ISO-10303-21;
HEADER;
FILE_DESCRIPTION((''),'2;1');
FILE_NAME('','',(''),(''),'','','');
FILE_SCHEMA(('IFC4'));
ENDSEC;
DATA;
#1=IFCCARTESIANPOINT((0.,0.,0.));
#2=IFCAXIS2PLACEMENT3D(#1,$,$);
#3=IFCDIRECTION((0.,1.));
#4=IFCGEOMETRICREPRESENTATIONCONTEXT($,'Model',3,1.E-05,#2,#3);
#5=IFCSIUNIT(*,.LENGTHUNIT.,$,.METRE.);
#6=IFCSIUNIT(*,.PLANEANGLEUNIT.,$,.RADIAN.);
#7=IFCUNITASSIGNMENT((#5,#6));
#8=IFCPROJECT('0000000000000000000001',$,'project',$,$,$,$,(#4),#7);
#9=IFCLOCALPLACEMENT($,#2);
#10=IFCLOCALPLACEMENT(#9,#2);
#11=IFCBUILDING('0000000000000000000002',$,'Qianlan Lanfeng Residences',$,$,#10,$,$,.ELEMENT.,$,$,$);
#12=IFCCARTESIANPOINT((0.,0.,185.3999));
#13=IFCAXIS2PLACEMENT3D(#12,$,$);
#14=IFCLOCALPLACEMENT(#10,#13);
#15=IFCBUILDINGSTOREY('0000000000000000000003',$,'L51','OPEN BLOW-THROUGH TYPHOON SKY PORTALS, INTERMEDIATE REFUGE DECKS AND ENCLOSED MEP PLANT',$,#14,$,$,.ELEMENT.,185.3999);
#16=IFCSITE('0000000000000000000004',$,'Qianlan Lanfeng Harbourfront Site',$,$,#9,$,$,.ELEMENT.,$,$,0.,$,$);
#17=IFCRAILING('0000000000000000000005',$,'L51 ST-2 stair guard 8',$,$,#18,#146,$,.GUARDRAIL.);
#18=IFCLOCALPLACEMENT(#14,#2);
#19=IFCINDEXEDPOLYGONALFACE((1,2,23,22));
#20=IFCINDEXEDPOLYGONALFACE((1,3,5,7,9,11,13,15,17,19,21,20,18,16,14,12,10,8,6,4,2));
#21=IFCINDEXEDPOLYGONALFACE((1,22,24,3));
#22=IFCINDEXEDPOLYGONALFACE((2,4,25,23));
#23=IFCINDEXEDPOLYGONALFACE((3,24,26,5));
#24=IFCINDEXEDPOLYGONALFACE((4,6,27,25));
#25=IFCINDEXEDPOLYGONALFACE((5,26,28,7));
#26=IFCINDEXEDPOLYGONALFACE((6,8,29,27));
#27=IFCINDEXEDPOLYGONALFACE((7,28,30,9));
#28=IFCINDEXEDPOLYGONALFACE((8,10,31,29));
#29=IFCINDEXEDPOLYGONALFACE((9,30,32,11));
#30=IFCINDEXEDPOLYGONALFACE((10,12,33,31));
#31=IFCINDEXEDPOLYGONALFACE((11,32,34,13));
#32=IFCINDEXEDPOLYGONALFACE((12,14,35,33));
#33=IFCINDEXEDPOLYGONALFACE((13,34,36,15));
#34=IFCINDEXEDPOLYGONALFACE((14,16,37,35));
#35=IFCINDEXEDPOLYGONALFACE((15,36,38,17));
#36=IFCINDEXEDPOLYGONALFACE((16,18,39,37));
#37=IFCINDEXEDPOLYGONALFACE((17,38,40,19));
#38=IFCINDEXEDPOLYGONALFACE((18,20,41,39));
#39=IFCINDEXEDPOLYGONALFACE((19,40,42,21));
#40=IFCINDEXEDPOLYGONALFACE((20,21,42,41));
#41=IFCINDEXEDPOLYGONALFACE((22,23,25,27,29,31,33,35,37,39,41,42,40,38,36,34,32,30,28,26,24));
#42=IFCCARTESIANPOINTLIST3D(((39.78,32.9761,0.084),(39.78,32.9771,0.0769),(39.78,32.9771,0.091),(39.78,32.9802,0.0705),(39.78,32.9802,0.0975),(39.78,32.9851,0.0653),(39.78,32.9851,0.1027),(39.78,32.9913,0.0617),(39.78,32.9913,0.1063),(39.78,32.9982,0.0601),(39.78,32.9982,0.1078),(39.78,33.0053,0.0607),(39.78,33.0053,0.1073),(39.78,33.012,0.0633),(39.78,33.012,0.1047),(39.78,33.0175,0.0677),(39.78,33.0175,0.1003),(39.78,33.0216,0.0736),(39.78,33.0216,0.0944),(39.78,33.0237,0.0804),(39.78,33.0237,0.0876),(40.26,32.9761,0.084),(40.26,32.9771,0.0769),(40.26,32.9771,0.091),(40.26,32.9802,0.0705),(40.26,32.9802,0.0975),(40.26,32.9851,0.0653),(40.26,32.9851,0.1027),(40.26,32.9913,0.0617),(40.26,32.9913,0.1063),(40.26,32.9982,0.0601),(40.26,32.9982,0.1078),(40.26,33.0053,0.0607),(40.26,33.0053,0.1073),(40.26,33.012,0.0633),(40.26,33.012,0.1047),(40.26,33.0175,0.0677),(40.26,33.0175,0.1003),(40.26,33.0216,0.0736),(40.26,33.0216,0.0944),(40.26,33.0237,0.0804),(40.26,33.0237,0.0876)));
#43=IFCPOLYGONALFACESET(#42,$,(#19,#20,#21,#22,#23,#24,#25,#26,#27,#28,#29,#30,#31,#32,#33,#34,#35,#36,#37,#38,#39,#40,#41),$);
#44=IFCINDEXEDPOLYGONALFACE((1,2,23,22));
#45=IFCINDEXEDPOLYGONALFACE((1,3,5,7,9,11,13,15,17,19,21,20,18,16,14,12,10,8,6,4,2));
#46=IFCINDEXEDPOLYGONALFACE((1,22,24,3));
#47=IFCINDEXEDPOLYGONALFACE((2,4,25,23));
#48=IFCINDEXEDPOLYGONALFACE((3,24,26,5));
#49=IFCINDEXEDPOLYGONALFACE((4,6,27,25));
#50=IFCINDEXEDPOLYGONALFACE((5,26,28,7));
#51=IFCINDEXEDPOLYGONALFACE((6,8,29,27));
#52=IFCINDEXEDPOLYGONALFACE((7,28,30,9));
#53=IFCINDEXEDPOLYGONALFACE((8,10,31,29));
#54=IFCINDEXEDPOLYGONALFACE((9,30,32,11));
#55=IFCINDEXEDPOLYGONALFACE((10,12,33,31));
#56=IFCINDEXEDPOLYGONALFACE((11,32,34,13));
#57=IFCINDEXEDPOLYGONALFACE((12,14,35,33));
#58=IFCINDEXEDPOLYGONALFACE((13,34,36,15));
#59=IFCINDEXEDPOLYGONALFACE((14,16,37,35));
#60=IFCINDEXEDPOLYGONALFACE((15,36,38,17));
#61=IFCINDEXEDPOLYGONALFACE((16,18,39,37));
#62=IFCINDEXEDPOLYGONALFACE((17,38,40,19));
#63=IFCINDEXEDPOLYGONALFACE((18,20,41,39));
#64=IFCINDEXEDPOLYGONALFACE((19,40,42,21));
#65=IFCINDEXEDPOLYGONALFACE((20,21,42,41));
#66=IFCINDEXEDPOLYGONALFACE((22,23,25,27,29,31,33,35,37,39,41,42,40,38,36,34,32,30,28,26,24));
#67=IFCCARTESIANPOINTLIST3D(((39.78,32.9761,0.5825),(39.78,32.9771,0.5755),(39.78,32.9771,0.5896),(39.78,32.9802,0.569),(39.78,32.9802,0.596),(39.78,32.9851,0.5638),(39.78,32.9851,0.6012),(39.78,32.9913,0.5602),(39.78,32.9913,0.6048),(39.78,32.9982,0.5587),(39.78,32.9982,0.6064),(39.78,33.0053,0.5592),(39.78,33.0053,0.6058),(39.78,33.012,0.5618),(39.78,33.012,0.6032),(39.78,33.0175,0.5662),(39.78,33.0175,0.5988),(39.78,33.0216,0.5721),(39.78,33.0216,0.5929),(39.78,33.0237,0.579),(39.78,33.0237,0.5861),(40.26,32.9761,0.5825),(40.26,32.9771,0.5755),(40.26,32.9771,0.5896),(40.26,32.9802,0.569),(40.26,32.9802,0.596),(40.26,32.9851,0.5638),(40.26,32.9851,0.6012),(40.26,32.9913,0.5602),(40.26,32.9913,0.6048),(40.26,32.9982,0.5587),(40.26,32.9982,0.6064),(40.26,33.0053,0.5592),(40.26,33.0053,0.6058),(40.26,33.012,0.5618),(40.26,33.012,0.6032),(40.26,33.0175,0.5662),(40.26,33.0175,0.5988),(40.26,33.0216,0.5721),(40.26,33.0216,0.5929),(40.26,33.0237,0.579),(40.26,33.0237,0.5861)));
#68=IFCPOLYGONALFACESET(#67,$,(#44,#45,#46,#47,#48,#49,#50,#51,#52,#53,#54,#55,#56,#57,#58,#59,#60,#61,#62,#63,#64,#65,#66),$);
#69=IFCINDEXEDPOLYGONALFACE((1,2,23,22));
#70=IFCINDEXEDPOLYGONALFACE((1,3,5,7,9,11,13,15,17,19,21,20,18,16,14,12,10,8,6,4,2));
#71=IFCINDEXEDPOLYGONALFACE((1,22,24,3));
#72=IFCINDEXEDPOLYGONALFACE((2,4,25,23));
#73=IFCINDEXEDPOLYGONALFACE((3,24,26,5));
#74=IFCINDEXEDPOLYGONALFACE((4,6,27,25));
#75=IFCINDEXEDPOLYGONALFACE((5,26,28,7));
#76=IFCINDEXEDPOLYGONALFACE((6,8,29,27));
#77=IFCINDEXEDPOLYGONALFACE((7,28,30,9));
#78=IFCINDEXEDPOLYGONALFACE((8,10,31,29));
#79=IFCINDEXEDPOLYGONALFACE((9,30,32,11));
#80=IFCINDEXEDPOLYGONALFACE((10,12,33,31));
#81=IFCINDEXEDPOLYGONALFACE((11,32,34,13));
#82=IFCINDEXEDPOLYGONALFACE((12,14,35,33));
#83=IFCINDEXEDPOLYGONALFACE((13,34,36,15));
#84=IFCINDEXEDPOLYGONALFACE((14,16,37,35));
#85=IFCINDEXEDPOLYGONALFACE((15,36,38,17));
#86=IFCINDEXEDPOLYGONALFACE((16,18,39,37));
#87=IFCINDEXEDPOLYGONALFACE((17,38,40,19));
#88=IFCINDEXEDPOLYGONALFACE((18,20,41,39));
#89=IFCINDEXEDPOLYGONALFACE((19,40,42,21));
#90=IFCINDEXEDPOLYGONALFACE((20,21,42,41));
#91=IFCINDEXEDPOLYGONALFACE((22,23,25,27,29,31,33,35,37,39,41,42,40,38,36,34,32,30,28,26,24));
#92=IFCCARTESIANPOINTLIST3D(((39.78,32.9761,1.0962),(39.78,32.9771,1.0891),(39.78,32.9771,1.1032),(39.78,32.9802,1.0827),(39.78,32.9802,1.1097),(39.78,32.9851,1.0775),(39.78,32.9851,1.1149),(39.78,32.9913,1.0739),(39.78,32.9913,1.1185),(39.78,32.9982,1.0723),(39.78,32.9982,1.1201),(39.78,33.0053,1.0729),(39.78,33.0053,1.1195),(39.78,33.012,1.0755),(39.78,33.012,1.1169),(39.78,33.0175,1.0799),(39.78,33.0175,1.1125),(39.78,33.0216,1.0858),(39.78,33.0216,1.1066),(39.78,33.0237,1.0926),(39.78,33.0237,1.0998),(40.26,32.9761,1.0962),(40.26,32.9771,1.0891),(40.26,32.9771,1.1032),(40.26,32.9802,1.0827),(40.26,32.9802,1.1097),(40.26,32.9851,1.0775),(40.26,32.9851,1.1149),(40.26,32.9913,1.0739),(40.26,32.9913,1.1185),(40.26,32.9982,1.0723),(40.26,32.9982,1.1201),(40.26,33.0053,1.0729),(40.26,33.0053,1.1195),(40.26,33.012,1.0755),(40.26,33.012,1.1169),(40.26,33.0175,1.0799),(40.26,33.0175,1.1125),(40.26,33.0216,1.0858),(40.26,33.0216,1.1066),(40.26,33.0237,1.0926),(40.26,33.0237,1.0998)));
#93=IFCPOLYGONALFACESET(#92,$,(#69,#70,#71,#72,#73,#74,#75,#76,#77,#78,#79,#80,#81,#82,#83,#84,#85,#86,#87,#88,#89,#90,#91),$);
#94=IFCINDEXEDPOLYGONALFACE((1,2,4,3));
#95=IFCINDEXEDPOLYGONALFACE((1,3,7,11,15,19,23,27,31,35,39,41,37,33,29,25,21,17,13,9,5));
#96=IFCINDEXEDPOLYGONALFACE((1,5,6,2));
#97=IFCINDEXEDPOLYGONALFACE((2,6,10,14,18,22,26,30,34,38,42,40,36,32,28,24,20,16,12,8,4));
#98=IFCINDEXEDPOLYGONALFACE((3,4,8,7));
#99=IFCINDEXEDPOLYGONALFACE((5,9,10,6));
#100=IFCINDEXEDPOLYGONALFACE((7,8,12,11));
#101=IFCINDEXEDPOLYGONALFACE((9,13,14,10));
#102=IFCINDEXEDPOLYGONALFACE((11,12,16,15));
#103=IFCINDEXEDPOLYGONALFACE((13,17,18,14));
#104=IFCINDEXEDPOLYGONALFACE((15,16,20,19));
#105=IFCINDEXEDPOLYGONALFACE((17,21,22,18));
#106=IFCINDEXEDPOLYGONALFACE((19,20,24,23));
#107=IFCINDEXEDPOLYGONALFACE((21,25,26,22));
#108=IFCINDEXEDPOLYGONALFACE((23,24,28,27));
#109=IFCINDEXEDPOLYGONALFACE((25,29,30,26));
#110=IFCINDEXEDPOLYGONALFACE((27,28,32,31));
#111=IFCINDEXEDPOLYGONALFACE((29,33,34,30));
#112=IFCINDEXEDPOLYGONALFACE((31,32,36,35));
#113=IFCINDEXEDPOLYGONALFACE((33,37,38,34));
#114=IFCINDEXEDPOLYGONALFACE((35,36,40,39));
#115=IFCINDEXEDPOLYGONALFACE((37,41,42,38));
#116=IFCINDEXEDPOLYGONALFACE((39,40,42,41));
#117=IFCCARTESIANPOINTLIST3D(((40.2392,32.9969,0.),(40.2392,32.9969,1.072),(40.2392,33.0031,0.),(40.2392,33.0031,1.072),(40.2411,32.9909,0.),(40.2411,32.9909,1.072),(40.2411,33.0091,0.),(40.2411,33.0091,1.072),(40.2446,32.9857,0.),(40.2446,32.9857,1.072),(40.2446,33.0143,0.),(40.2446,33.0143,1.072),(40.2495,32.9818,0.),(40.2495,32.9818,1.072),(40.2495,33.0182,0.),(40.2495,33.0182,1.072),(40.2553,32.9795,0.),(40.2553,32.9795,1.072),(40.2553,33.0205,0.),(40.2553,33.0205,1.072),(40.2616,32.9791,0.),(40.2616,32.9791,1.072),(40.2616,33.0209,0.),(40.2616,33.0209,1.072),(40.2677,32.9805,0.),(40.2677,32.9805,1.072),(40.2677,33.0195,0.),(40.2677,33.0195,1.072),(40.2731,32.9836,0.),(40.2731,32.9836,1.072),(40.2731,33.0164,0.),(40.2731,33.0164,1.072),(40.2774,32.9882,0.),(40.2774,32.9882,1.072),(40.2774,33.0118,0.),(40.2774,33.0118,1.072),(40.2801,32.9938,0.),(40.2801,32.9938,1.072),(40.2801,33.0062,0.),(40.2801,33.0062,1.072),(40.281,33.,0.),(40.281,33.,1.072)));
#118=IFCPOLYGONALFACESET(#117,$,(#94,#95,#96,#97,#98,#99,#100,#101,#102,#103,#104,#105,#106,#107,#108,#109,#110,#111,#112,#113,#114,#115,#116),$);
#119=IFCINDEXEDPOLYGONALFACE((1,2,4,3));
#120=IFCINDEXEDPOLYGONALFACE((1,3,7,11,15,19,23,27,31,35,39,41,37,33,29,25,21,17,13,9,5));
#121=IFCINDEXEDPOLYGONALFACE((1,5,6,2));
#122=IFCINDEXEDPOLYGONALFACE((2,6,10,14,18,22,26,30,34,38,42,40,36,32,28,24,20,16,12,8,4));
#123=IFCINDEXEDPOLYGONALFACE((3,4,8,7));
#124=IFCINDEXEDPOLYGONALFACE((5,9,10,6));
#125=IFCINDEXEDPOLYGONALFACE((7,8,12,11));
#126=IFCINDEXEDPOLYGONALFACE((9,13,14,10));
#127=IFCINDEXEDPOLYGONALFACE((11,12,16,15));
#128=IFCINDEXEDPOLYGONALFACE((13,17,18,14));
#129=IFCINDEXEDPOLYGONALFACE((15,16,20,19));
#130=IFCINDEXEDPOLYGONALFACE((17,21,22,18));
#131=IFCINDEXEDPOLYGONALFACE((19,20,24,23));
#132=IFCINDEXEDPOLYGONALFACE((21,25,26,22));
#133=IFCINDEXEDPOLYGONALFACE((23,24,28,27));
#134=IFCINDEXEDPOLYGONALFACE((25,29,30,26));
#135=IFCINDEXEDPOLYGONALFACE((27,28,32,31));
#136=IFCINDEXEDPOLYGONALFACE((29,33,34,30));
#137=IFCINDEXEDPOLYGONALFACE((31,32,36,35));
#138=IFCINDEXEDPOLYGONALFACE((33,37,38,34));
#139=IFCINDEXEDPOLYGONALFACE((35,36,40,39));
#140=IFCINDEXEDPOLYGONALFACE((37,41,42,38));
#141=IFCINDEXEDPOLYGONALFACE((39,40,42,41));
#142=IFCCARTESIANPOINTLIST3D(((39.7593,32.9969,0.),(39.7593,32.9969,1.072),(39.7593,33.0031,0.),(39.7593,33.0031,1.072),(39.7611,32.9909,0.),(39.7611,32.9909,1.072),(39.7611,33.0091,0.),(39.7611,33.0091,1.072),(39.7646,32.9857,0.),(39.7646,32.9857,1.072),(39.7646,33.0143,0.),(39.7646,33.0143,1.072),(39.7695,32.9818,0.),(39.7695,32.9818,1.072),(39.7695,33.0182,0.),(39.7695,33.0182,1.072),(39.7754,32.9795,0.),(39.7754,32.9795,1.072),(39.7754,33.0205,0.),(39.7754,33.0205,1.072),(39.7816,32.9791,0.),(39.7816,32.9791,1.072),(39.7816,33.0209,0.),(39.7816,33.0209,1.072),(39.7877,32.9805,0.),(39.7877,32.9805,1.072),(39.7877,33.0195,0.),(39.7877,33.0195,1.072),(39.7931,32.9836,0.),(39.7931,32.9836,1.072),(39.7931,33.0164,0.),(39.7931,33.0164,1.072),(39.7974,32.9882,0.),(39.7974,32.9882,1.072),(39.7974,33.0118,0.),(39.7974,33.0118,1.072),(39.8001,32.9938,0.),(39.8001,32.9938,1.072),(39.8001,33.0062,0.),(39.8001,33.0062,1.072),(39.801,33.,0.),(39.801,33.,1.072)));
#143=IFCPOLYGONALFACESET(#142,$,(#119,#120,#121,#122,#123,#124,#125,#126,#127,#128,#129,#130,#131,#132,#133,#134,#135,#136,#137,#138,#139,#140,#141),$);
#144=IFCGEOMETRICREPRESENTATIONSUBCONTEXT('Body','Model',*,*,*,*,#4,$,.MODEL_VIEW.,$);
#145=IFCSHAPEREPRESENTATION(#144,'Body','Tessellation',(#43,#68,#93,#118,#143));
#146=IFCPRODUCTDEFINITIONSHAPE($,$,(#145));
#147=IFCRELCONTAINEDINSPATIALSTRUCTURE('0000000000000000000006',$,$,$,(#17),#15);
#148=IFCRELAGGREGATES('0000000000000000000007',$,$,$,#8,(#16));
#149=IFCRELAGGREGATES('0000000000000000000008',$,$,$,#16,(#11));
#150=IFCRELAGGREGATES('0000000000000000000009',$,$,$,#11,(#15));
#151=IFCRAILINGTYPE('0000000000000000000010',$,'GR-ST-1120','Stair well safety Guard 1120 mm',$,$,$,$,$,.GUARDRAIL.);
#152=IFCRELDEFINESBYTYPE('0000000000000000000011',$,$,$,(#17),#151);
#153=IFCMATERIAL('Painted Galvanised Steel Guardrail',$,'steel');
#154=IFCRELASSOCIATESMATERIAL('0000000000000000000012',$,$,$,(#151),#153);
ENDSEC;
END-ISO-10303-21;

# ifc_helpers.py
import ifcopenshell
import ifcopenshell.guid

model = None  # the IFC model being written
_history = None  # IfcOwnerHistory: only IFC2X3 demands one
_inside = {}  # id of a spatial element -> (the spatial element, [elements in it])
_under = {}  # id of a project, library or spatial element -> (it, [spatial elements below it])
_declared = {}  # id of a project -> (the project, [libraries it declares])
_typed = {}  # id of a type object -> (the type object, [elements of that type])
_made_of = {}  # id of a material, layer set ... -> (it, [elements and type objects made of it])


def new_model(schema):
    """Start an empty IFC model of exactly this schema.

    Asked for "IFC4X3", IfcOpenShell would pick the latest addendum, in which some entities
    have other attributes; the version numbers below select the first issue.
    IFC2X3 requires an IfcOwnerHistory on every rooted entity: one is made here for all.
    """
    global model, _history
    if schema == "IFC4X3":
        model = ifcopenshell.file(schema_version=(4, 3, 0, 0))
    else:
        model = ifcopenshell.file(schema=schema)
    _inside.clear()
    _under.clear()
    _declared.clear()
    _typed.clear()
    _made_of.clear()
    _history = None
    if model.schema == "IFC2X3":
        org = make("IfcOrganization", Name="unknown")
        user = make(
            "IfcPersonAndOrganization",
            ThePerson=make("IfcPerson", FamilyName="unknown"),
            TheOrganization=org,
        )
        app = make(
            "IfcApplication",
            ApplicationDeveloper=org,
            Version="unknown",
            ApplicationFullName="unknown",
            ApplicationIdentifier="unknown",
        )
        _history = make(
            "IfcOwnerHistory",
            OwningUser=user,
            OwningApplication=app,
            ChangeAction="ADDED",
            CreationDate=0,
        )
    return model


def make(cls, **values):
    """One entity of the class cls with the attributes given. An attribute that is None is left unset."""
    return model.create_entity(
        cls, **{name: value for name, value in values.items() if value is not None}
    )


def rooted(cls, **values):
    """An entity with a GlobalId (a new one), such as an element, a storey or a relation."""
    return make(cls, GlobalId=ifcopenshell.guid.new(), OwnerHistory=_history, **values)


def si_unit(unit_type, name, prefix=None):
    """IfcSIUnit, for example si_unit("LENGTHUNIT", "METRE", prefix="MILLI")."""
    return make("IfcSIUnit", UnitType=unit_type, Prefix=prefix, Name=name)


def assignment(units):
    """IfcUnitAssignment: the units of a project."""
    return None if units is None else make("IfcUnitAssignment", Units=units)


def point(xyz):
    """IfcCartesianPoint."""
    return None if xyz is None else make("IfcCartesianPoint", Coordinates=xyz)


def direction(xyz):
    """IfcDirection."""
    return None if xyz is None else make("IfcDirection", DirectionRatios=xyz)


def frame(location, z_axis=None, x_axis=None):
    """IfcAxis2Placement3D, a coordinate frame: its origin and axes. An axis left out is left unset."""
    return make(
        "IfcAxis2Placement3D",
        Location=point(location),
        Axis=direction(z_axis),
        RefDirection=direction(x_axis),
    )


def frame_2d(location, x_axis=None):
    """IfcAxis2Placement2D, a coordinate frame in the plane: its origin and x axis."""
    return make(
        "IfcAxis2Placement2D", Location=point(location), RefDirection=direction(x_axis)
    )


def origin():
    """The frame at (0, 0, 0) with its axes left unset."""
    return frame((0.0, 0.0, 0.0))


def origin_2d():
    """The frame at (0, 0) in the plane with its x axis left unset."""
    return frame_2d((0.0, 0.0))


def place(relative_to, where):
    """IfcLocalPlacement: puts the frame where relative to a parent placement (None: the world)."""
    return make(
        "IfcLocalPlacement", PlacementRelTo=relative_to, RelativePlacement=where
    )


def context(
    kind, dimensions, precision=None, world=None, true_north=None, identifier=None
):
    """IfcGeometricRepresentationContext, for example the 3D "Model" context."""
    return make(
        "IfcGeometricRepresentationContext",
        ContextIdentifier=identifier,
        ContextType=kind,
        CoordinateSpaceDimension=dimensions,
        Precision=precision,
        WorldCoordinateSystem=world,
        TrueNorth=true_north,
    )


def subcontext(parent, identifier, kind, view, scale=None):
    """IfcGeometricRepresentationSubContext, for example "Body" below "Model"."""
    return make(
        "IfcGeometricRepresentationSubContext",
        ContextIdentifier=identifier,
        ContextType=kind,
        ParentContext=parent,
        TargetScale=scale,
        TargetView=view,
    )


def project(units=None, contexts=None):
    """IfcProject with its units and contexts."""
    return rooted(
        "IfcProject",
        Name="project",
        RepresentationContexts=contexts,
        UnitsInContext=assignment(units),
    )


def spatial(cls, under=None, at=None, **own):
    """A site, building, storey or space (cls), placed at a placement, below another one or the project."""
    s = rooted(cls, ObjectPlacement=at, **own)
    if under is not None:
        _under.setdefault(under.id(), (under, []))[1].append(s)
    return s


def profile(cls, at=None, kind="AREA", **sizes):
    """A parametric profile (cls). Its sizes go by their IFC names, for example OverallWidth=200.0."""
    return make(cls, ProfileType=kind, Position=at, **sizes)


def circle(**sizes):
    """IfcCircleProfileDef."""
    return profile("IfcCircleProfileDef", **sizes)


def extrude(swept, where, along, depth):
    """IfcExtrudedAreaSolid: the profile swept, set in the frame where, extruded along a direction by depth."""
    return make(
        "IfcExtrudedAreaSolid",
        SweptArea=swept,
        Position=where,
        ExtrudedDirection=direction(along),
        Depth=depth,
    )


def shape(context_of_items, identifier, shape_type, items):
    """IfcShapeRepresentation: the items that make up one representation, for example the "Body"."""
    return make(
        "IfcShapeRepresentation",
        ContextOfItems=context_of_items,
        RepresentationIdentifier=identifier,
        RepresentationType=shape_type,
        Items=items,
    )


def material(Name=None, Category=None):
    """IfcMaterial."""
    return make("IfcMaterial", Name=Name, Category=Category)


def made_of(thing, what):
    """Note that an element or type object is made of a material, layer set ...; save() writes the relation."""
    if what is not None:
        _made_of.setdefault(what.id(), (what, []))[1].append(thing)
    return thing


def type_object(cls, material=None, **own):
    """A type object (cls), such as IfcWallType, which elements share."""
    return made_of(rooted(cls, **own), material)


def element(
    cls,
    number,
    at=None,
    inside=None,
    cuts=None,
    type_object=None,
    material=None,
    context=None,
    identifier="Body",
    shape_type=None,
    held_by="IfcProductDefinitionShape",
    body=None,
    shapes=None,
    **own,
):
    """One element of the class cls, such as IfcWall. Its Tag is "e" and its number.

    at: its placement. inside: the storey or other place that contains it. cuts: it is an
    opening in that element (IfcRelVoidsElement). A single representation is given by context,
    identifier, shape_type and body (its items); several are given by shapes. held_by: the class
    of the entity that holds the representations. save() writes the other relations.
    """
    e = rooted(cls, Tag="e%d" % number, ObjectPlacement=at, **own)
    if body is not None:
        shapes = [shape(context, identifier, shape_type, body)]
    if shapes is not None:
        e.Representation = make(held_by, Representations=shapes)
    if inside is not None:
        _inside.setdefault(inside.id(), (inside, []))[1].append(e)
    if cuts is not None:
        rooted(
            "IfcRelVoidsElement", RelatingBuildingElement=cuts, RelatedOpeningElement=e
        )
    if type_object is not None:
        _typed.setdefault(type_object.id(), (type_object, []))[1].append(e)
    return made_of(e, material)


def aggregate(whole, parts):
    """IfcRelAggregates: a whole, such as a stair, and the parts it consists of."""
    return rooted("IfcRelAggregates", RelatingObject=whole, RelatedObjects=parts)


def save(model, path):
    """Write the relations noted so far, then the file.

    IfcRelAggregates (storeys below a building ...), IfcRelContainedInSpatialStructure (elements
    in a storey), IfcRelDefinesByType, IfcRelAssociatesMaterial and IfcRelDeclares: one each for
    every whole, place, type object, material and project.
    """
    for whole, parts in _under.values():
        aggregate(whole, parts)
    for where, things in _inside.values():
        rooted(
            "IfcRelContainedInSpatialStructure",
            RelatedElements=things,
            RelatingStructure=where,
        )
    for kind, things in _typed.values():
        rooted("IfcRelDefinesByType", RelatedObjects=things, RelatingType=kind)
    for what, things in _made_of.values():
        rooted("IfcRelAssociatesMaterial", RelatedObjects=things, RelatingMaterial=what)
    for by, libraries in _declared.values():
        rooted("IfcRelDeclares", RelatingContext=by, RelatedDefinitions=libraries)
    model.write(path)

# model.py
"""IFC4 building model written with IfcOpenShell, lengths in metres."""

from ifc_helpers import new_model, si_unit, direction, frame, origin, origin_2d, place, context, subcontext, project, spatial, circle, extrude, material, type_object, element, save


model = new_model("IFC4")

# Units and contexts
model_context = context("Model", 3, precision=1e-05, world=origin(), true_north=direction((0.0, 1.0)))
body_context = subcontext(model_context, "Body", "Model", "MODEL_VIEW")
ifc_project = project(units=[si_unit("LENGTHUNIT", "METRE"), si_unit("PLANEANGLEUNIT", "RADIAN")], contexts=[model_context])

# Site, building, storey
site_placement = place(None, origin())
site = spatial("IfcSite", under=ifc_project, at=site_placement, Name="Qianlan Lanfeng Harbourfront Site", CompositionType="ELEMENT", RefElevation=0.0)
building_placement = place(site_placement, origin())
building = spatial("IfcBuilding", under=site, at=building_placement, Name="Qianlan Lanfeng Residences", CompositionType="ELEMENT")
storey_placement = place(building_placement, frame((0.0, 0.0, 185.3999)))
storey = spatial("IfcBuildingStorey", under=building, at=storey_placement, Name="L51", Description="OPEN BLOW-THROUGH TYPHOON SKY PORTALS, INTERMEDIATE REFUGE DECKS AND ENCLOSED MEP PLANT", CompositionType="ELEMENT", Elevation=185.3999)

# Railing
ifc_material_1 = material(Name="Painted Galvanised Steel Guardrail", Category="steel")
railing_type_1 = type_object("IfcRailingType", Name="GR-ST-1120", Description="Stair well safety Guard 1120 mm", PredefinedType="GUARDRAIL", material=ifc_material_1)
railing_1_placement = place(storey_placement, frame((40.26, 33.0, 0.0)))
element("IfcRailing", 1, at=railing_1_placement, inside=storey, type_object=railing_type_1, Name="L51 ST-2 stair guard 8", PredefinedType="GUARDRAIL", context=body_context, shape_type="SweptSolid", body=[
    extrude(circle(Radius=0.0239, at=origin_2d()), frame((0.0, 0.0, 0.084), z_axis=(-1.0, 0.0, 0.0), x_axis=(0.0, -1.0, 0.0)), (0.0, 0.0, 1.0), 0.48),
    extrude(circle(Radius=0.0239, at=origin_2d()), frame((0.0, 0.0, 0.5825), z_axis=(-1.0, 0.0, 0.0), x_axis=(0.0, -1.0, 0.0)), (0.0, 0.0, 1.0), 0.48),
    extrude(circle(Radius=0.0239, at=origin_2d()), frame((0.0, 0.0, 1.0962), z_axis=(-1.0, 0.0, 0.0), x_axis=(0.0, -1.0, 0.0)), (0.0, 0.0, 1.0), 0.48),
    extrude(circle(Radius=0.021, at=origin_2d()), origin(), (0.0, 0.0, 1.0), 1.072),
    extrude(circle(Radius=0.021, at=origin_2d()), frame((-0.48, 0.0, 0.0)), (0.0, 0.0, 1.0), 1.072),
])

save(model, "model.ifc")
